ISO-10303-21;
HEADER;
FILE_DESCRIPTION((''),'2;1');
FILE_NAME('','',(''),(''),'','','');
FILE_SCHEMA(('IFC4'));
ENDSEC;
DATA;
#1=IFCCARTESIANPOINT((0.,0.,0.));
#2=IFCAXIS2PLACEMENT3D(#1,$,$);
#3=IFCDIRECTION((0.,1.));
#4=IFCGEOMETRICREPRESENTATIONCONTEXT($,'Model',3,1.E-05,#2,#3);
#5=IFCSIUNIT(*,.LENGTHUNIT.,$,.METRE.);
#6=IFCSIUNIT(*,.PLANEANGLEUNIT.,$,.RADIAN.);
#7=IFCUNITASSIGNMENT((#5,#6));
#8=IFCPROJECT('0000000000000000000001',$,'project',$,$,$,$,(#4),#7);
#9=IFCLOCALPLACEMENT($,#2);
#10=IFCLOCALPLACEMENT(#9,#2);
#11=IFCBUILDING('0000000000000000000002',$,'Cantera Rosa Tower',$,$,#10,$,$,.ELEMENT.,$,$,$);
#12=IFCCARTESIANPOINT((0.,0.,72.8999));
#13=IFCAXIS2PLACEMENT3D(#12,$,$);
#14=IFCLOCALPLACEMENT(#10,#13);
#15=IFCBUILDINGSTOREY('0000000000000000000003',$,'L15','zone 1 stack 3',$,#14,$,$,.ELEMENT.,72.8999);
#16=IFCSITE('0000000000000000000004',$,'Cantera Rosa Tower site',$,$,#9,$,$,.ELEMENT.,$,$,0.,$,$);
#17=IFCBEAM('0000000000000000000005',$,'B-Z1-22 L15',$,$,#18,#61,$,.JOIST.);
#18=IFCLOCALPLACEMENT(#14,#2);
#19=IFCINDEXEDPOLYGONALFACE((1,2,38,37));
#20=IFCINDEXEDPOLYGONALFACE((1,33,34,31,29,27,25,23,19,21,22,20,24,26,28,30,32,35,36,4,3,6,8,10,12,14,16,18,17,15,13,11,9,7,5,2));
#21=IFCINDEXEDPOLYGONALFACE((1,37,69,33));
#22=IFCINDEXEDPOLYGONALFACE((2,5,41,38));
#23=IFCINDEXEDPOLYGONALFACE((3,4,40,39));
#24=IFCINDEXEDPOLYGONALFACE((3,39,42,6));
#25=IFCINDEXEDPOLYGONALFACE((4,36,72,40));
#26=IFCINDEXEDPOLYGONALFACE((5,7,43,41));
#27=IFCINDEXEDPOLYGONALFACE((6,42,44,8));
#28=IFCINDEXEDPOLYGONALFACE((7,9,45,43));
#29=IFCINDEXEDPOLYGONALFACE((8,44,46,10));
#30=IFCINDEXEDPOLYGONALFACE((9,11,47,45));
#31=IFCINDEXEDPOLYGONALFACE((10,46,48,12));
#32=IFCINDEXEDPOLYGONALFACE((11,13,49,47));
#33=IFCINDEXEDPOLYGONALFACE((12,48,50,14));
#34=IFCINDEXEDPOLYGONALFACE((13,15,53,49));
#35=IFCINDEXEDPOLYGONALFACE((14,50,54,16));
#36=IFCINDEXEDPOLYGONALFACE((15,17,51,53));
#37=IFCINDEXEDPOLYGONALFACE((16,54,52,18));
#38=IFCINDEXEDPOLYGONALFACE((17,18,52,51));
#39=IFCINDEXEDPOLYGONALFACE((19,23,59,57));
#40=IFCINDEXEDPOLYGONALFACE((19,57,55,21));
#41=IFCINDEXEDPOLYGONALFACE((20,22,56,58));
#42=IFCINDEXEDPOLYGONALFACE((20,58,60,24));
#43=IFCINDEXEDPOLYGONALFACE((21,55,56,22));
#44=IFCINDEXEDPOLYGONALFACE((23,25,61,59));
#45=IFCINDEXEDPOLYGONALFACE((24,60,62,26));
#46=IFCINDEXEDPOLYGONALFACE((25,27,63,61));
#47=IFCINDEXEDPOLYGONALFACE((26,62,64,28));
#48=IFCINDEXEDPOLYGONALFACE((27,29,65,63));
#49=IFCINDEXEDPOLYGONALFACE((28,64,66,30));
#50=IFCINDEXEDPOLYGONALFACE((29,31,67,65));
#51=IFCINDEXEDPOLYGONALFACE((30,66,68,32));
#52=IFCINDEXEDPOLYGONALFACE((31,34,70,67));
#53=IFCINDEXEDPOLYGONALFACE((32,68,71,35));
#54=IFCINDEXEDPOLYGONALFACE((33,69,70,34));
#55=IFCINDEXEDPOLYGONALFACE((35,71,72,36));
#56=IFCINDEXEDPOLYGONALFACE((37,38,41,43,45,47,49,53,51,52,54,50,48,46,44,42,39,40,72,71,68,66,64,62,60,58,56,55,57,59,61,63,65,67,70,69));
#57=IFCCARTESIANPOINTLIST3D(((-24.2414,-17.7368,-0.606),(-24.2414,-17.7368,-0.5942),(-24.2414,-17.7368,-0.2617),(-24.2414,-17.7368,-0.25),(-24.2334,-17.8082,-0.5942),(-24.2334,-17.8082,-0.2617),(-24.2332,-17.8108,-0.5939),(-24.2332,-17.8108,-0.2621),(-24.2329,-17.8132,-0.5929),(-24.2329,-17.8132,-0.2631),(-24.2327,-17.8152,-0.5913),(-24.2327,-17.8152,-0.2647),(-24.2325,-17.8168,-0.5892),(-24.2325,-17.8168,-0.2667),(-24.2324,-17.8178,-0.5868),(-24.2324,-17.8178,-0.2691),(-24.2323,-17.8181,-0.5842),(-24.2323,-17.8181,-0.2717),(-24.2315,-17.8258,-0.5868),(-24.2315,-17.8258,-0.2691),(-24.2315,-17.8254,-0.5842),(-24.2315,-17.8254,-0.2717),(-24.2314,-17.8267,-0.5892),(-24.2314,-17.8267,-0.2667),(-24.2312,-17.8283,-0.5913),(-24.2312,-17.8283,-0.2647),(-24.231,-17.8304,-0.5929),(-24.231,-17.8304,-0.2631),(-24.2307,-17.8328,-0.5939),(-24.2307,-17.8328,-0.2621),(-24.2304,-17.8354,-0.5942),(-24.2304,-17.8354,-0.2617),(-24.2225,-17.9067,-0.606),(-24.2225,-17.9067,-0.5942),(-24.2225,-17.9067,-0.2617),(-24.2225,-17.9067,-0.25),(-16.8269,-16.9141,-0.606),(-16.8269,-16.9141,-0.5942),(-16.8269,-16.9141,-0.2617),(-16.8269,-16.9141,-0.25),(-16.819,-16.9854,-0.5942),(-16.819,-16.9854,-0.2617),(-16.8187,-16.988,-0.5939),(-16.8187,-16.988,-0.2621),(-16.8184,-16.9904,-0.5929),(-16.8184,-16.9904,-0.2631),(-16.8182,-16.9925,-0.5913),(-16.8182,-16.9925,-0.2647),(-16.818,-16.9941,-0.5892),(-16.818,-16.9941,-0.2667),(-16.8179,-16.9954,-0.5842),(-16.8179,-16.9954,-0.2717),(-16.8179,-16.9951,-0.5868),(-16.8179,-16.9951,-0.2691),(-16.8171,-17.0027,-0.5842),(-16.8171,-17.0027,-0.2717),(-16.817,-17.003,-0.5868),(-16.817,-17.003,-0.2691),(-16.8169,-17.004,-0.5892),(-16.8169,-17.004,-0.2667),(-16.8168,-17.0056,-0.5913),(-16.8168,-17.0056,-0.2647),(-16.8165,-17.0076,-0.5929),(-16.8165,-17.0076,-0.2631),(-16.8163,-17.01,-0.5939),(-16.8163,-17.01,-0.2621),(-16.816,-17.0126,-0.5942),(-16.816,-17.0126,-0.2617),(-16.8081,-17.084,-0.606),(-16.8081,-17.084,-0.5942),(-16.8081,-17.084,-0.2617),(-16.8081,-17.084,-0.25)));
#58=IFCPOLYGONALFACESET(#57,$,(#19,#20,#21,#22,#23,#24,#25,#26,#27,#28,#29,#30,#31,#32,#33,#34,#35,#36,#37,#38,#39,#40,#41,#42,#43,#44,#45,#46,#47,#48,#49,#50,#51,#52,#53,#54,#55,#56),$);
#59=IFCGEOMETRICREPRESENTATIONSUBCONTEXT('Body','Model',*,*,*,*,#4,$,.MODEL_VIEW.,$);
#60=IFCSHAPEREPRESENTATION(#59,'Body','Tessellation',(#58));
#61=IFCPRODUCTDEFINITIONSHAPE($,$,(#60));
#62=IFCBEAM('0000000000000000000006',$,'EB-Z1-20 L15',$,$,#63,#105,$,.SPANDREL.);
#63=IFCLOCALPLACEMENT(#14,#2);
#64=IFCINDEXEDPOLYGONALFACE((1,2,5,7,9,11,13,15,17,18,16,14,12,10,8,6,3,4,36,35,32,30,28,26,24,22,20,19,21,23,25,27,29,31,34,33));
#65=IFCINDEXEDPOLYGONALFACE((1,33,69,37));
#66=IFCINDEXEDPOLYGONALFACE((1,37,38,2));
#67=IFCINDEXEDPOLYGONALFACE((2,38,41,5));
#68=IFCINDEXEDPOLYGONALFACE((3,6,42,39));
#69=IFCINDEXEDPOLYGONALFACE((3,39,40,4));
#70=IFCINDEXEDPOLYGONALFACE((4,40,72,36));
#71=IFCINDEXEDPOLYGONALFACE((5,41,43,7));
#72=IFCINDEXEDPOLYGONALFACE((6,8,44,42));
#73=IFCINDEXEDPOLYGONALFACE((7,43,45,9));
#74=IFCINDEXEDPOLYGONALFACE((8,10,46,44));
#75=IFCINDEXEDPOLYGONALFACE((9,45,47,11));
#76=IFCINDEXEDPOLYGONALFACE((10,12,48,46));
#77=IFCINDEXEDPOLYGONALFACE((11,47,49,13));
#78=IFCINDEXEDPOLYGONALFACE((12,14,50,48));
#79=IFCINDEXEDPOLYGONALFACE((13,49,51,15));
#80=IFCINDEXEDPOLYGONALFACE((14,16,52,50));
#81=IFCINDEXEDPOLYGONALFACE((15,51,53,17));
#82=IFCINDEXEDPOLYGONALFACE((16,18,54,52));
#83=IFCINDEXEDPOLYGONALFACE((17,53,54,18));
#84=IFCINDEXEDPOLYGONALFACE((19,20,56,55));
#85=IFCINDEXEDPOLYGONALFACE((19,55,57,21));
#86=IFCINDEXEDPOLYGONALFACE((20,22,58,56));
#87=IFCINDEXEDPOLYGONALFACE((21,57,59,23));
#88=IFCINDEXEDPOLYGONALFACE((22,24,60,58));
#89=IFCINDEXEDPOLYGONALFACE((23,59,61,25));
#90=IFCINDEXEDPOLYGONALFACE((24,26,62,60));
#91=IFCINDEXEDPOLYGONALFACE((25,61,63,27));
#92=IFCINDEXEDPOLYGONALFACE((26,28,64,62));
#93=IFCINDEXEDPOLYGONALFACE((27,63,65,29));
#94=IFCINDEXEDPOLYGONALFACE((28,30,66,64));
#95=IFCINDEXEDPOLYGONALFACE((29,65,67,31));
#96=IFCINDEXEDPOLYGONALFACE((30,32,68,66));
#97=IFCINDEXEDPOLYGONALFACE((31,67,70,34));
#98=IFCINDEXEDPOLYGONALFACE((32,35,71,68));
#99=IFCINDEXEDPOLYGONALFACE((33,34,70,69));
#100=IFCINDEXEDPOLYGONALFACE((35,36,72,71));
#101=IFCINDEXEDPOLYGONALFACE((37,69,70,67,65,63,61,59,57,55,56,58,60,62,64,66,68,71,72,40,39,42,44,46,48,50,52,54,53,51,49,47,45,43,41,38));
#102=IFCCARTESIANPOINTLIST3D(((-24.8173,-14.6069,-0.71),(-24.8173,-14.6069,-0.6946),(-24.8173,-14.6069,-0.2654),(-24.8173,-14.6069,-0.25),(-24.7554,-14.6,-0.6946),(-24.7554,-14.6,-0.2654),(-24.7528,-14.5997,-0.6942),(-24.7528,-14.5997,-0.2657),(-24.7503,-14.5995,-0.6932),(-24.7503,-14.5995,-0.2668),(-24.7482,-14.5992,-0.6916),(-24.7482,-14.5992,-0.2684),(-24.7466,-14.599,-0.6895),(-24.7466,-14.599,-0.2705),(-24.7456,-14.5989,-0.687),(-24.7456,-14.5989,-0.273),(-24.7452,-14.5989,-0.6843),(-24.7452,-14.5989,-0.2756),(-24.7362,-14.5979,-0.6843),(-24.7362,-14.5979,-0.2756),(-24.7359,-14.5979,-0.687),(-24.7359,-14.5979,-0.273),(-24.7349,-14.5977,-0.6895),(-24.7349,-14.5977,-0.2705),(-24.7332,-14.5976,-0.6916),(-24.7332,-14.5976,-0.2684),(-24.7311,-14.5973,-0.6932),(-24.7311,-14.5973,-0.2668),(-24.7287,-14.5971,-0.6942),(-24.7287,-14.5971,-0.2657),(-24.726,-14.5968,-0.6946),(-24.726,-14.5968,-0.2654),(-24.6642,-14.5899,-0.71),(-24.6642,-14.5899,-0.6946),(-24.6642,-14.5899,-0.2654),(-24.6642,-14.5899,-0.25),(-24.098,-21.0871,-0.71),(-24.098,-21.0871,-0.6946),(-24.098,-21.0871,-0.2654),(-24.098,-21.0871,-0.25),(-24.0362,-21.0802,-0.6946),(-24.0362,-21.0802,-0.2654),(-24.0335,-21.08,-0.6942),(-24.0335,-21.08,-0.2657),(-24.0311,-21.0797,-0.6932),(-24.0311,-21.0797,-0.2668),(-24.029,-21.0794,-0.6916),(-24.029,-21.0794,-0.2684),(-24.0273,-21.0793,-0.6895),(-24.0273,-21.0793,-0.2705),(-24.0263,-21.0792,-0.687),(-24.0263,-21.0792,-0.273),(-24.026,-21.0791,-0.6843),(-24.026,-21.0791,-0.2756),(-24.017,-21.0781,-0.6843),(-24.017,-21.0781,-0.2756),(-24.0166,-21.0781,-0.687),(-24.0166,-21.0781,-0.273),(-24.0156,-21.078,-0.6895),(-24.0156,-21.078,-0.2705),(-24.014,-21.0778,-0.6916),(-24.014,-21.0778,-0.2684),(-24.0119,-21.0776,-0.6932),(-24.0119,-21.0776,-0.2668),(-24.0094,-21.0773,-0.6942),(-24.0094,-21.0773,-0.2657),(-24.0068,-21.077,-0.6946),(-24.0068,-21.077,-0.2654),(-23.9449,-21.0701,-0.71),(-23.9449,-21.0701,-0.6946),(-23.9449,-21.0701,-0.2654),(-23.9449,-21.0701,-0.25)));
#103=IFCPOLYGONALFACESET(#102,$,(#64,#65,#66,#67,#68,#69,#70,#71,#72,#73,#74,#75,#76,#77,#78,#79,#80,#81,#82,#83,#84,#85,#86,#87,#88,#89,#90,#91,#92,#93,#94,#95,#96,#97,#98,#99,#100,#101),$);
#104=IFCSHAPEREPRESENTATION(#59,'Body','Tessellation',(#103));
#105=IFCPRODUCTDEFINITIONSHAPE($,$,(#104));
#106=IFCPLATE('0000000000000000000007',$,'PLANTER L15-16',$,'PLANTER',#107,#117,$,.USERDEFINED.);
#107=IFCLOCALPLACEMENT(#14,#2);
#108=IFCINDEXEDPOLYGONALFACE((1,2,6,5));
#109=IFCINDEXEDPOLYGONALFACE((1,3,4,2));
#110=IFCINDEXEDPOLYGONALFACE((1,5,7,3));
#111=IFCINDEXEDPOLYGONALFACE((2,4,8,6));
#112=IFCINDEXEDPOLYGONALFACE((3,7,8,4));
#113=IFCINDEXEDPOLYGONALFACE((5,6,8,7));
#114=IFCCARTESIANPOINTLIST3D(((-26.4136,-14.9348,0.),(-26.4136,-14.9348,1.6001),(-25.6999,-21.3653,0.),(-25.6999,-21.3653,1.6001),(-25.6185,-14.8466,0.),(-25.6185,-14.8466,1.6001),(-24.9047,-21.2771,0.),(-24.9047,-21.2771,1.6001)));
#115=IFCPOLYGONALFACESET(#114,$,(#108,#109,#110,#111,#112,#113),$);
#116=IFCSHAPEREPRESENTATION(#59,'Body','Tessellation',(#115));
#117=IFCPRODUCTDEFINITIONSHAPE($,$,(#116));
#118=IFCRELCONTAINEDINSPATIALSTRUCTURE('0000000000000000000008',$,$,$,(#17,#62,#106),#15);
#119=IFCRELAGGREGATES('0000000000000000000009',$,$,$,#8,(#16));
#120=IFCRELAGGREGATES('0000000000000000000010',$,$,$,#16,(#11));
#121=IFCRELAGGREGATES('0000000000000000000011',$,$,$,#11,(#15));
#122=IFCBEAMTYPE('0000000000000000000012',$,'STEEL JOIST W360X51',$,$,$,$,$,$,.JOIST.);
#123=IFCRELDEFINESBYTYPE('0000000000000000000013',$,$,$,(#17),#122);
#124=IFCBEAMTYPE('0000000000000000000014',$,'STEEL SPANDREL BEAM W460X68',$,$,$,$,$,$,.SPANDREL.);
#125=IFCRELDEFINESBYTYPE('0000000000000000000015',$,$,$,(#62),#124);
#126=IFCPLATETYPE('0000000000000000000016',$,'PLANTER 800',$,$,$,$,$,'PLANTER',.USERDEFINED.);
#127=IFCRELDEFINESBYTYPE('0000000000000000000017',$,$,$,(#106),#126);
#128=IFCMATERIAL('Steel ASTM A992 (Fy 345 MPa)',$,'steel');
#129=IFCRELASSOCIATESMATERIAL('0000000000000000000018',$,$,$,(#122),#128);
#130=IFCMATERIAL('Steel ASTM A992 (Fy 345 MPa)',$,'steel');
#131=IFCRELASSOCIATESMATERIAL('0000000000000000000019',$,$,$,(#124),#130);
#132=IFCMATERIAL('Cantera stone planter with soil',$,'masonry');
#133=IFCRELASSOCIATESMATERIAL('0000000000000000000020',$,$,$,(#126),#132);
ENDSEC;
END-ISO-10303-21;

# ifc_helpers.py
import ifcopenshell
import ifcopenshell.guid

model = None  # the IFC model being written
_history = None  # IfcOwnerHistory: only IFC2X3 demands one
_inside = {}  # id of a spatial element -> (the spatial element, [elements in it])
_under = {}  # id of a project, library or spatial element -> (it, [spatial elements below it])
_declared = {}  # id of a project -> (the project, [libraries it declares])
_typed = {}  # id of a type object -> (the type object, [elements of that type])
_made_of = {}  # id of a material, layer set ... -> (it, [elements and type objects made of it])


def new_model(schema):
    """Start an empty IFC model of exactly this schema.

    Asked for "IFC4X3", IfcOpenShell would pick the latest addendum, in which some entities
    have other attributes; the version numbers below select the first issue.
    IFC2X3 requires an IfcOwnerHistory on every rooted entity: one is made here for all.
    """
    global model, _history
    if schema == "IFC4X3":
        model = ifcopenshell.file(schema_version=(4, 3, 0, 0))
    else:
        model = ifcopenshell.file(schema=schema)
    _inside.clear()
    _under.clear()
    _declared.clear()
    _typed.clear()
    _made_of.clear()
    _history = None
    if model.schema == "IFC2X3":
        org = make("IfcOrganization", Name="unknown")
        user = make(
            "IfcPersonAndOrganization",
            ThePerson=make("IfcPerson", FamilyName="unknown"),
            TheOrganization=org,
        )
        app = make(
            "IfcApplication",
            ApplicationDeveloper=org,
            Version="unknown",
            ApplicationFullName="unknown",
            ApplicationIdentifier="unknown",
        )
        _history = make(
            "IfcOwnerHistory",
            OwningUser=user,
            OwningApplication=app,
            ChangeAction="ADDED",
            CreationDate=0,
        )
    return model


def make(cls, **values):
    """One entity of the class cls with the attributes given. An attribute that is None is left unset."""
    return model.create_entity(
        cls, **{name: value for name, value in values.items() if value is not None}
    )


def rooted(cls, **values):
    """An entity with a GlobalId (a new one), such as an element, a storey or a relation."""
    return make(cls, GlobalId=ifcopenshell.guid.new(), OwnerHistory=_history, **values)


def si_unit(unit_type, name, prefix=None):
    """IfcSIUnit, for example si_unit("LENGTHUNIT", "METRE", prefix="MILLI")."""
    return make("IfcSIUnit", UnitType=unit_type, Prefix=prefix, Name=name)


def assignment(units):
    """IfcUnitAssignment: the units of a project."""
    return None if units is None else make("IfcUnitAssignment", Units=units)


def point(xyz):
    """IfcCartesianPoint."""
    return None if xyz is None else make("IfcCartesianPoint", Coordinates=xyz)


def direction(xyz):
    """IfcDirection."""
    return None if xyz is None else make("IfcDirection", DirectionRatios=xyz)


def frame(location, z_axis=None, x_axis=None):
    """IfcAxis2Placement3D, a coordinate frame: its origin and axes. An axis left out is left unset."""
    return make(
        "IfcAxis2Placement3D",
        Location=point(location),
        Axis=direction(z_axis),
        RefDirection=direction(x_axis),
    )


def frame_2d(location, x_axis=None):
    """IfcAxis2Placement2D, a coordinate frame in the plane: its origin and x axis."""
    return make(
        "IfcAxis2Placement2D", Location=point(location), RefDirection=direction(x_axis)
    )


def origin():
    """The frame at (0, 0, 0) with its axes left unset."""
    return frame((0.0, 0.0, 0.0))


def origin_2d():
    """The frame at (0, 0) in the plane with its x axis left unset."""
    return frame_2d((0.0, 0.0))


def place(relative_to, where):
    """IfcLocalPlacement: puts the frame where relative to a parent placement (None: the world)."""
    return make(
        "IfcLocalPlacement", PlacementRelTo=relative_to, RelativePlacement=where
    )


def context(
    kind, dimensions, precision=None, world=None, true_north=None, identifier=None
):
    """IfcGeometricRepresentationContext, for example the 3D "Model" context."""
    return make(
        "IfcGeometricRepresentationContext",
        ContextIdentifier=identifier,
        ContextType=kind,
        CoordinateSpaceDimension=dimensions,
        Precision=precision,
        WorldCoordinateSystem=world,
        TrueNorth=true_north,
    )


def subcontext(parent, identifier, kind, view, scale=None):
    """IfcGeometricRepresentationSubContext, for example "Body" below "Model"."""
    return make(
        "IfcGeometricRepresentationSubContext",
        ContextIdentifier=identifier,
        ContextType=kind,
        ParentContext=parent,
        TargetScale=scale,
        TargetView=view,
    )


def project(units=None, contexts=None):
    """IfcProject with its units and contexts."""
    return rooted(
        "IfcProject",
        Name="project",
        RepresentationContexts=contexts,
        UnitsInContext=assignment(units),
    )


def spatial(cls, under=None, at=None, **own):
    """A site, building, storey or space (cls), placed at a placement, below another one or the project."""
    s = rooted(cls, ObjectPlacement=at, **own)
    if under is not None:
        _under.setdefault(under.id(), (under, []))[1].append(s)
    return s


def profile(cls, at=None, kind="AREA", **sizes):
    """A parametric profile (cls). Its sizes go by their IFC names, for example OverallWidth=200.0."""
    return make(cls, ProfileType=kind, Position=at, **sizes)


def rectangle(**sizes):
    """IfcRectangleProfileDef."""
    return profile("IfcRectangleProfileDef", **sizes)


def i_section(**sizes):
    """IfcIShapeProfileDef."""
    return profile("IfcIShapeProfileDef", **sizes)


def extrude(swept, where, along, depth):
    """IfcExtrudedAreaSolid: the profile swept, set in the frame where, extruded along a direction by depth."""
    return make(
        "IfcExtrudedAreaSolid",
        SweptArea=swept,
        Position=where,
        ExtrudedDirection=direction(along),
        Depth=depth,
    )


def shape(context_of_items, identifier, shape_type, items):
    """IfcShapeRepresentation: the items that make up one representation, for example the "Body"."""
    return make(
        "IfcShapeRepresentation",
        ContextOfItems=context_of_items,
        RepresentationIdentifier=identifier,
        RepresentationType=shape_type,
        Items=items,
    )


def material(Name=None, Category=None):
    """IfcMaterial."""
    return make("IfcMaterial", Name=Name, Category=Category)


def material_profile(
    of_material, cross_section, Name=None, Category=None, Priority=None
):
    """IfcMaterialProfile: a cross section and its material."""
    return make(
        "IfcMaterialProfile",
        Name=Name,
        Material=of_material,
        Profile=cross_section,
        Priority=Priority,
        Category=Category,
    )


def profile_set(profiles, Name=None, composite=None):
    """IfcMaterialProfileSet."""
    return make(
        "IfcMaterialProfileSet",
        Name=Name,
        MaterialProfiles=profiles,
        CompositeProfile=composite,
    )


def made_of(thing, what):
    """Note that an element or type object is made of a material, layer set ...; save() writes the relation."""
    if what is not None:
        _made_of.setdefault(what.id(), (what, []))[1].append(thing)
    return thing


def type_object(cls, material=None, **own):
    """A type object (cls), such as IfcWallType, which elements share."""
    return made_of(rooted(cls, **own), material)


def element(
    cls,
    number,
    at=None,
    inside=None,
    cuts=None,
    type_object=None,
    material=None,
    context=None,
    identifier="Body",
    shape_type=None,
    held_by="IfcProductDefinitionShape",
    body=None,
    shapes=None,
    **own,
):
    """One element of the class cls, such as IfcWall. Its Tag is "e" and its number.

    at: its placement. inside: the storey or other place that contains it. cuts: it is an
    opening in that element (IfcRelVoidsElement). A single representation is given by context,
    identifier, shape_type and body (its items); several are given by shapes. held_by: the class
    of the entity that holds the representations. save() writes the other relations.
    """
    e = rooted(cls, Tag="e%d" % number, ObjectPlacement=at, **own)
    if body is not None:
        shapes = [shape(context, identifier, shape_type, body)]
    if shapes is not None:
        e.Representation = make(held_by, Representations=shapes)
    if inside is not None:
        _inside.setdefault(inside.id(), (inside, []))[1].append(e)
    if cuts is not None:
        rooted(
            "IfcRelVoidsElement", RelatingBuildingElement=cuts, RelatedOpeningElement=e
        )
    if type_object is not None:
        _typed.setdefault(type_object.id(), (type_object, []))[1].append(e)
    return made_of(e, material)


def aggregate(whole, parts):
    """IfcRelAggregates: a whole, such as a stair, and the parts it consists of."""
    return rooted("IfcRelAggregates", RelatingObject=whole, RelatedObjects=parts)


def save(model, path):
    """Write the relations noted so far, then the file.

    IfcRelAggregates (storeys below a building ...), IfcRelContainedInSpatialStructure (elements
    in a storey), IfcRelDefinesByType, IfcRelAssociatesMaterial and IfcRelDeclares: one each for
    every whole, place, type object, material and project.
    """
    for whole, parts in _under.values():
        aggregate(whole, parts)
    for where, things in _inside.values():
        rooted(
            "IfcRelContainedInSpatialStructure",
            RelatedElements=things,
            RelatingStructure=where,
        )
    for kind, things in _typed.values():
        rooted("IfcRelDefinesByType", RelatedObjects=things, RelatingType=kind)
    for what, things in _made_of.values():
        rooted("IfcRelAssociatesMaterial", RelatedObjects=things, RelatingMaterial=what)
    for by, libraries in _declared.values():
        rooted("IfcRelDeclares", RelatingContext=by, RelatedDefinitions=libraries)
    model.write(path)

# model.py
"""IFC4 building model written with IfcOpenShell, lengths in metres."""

from ifc_helpers import new_model, si_unit, direction, frame, origin, origin_2d, place, context, subcontext, project, spatial, rectangle, i_section, extrude, material, material_profile, profile_set, type_object, element, save


model = new_model("IFC4")

# Units and contexts
model_context = context("Model", 3, precision=1e-05, world=origin(), true_north=direction((0.0, 1.0)))
body_context = subcontext(model_context, "Body", "Model", "MODEL_VIEW")
ifc_project = project(units=[si_unit("LENGTHUNIT", "METRE"), si_unit("PLANEANGLEUNIT", "RADIAN")], contexts=[model_context])

# Site, building, storey
site_placement = place(None, origin())
site = spatial("IfcSite", under=ifc_project, at=site_placement, Name="Cantera Rosa Tower site", CompositionType="ELEMENT", RefElevation=0.0)
building_placement = place(site_placement, origin())
building = spatial("IfcBuilding", under=site, at=building_placement, Name="Cantera Rosa Tower", CompositionType="ELEMENT")
storey_placement = place(building_placement, frame((0.0, 0.0, 72.8999)))
storey = spatial("IfcBuildingStorey", under=building, at=storey_placement, Name="L15", Description="zone 1 stack 3", CompositionType="ELEMENT", Elevation=72.8999)

# Beams
ifc_material_1 = material(Name="Steel ASTM A992 (Fy 345 MPa)", Category="steel")
ifc_material_profile_1 = material_profile(ifc_material_1, i_section(OverallWidth=0.1709, OverallDepth=0.356, WebThickness=0.0073, FlangeThickness=0.0117, FilletRadius=0.01, at=origin_2d()), Name="W360X51")
ifc_profile_set_1 = profile_set([ifc_material_profile_1], Name="Steel ASTM A992 (Fy 345 MPa)")
beam_type_1 = type_object("IfcBeamType", Name="STEEL JOIST W360X51", PredefinedType="JOIST", material=ifc_profile_set_1)
beam_1_placement = place(storey_placement, frame((-24.2319, -17.8218, -0.428), z_axis=(0.9939, 0.110288, 0.0), x_axis=(-0.110288, 0.9939, 0.0)))
element("IfcBeam", 1, at=beam_1_placement, inside=storey, type_object=beam_type_1, Name="B-Z1-22 L15", PredefinedType="JOIST", context=body_context, shape_type="SweptSolid", body=[
    extrude(i_section(OverallWidth=0.1709, OverallDepth=0.356, WebThickness=0.0073, FlangeThickness=0.0117, FilletRadius=0.01, at=origin_2d()), origin(), (0.0, 0.0, 1.0), 7.46),
])
ifc_material_2 = material(Name="Steel ASTM A992 (Fy 345 MPa)", Category="steel")
ifc_material_profile_2 = material_profile(ifc_material_2, i_section(OverallWidth=0.1541, OverallDepth=0.46, WebThickness=0.009, FlangeThickness=0.0154, FilletRadius=0.0103, at=origin_2d()), Name="W460X68")
ifc_profile_set_2 = profile_set([ifc_material_profile_2], Name="Steel ASTM A992 (Fy 345 MPa)")
beam_type_2 = type_object("IfcBeamType", Name="STEEL SPANDREL BEAM W460X68", PredefinedType="SPANDREL", material=ifc_profile_set_2)
beam_2_placement = place(storey_placement, frame((-24.7407, -14.5984, -0.48), z_axis=(0.110312, -0.993897, 0.0), x_axis=(0.993897, 0.110312, 0.0)))
element("IfcBeam", 2, at=beam_2_placement, inside=storey, type_object=beam_type_2, Name="EB-Z1-20 L15", PredefinedType="SPANDREL", context=body_context, shape_type="SweptSolid", body=[
    extrude(i_section(OverallWidth=0.1541, OverallDepth=0.46, WebThickness=0.009, FlangeThickness=0.0154, FilletRadius=0.0103, at=origin_2d()), origin(), (0.0, 0.0, 1.0), 6.52),
])

# Plate
ifc_material_3 = material(Name="Cantera stone planter with soil", Category="masonry")
plate_type = type_object("IfcPlateType", Name="PLANTER 800", ElementType="PLANTER", PredefinedType="USERDEFINED", material=ifc_material_3)
plate_placement = place(storey_placement, frame((-25.6592, -18.106, 0.0), z_axis=(0.0, 0.0, 1.0), x_axis=(0.110313, -0.993897, 0.0)))
element("IfcPlate", 3, at=plate_placement, inside=storey, type_object=plate_type, Name="PLANTER L15-16", ObjectType="PLANTER", PredefinedType="USERDEFINED", context=body_context, shape_type="SweptSolid", body=[
    extrude(rectangle(XDim=6.47, YDim=0.8, at=origin_2d()), origin(), (0.0, 0.0, 1.0), 1.6001),
])

save(model, "model.ifc")
